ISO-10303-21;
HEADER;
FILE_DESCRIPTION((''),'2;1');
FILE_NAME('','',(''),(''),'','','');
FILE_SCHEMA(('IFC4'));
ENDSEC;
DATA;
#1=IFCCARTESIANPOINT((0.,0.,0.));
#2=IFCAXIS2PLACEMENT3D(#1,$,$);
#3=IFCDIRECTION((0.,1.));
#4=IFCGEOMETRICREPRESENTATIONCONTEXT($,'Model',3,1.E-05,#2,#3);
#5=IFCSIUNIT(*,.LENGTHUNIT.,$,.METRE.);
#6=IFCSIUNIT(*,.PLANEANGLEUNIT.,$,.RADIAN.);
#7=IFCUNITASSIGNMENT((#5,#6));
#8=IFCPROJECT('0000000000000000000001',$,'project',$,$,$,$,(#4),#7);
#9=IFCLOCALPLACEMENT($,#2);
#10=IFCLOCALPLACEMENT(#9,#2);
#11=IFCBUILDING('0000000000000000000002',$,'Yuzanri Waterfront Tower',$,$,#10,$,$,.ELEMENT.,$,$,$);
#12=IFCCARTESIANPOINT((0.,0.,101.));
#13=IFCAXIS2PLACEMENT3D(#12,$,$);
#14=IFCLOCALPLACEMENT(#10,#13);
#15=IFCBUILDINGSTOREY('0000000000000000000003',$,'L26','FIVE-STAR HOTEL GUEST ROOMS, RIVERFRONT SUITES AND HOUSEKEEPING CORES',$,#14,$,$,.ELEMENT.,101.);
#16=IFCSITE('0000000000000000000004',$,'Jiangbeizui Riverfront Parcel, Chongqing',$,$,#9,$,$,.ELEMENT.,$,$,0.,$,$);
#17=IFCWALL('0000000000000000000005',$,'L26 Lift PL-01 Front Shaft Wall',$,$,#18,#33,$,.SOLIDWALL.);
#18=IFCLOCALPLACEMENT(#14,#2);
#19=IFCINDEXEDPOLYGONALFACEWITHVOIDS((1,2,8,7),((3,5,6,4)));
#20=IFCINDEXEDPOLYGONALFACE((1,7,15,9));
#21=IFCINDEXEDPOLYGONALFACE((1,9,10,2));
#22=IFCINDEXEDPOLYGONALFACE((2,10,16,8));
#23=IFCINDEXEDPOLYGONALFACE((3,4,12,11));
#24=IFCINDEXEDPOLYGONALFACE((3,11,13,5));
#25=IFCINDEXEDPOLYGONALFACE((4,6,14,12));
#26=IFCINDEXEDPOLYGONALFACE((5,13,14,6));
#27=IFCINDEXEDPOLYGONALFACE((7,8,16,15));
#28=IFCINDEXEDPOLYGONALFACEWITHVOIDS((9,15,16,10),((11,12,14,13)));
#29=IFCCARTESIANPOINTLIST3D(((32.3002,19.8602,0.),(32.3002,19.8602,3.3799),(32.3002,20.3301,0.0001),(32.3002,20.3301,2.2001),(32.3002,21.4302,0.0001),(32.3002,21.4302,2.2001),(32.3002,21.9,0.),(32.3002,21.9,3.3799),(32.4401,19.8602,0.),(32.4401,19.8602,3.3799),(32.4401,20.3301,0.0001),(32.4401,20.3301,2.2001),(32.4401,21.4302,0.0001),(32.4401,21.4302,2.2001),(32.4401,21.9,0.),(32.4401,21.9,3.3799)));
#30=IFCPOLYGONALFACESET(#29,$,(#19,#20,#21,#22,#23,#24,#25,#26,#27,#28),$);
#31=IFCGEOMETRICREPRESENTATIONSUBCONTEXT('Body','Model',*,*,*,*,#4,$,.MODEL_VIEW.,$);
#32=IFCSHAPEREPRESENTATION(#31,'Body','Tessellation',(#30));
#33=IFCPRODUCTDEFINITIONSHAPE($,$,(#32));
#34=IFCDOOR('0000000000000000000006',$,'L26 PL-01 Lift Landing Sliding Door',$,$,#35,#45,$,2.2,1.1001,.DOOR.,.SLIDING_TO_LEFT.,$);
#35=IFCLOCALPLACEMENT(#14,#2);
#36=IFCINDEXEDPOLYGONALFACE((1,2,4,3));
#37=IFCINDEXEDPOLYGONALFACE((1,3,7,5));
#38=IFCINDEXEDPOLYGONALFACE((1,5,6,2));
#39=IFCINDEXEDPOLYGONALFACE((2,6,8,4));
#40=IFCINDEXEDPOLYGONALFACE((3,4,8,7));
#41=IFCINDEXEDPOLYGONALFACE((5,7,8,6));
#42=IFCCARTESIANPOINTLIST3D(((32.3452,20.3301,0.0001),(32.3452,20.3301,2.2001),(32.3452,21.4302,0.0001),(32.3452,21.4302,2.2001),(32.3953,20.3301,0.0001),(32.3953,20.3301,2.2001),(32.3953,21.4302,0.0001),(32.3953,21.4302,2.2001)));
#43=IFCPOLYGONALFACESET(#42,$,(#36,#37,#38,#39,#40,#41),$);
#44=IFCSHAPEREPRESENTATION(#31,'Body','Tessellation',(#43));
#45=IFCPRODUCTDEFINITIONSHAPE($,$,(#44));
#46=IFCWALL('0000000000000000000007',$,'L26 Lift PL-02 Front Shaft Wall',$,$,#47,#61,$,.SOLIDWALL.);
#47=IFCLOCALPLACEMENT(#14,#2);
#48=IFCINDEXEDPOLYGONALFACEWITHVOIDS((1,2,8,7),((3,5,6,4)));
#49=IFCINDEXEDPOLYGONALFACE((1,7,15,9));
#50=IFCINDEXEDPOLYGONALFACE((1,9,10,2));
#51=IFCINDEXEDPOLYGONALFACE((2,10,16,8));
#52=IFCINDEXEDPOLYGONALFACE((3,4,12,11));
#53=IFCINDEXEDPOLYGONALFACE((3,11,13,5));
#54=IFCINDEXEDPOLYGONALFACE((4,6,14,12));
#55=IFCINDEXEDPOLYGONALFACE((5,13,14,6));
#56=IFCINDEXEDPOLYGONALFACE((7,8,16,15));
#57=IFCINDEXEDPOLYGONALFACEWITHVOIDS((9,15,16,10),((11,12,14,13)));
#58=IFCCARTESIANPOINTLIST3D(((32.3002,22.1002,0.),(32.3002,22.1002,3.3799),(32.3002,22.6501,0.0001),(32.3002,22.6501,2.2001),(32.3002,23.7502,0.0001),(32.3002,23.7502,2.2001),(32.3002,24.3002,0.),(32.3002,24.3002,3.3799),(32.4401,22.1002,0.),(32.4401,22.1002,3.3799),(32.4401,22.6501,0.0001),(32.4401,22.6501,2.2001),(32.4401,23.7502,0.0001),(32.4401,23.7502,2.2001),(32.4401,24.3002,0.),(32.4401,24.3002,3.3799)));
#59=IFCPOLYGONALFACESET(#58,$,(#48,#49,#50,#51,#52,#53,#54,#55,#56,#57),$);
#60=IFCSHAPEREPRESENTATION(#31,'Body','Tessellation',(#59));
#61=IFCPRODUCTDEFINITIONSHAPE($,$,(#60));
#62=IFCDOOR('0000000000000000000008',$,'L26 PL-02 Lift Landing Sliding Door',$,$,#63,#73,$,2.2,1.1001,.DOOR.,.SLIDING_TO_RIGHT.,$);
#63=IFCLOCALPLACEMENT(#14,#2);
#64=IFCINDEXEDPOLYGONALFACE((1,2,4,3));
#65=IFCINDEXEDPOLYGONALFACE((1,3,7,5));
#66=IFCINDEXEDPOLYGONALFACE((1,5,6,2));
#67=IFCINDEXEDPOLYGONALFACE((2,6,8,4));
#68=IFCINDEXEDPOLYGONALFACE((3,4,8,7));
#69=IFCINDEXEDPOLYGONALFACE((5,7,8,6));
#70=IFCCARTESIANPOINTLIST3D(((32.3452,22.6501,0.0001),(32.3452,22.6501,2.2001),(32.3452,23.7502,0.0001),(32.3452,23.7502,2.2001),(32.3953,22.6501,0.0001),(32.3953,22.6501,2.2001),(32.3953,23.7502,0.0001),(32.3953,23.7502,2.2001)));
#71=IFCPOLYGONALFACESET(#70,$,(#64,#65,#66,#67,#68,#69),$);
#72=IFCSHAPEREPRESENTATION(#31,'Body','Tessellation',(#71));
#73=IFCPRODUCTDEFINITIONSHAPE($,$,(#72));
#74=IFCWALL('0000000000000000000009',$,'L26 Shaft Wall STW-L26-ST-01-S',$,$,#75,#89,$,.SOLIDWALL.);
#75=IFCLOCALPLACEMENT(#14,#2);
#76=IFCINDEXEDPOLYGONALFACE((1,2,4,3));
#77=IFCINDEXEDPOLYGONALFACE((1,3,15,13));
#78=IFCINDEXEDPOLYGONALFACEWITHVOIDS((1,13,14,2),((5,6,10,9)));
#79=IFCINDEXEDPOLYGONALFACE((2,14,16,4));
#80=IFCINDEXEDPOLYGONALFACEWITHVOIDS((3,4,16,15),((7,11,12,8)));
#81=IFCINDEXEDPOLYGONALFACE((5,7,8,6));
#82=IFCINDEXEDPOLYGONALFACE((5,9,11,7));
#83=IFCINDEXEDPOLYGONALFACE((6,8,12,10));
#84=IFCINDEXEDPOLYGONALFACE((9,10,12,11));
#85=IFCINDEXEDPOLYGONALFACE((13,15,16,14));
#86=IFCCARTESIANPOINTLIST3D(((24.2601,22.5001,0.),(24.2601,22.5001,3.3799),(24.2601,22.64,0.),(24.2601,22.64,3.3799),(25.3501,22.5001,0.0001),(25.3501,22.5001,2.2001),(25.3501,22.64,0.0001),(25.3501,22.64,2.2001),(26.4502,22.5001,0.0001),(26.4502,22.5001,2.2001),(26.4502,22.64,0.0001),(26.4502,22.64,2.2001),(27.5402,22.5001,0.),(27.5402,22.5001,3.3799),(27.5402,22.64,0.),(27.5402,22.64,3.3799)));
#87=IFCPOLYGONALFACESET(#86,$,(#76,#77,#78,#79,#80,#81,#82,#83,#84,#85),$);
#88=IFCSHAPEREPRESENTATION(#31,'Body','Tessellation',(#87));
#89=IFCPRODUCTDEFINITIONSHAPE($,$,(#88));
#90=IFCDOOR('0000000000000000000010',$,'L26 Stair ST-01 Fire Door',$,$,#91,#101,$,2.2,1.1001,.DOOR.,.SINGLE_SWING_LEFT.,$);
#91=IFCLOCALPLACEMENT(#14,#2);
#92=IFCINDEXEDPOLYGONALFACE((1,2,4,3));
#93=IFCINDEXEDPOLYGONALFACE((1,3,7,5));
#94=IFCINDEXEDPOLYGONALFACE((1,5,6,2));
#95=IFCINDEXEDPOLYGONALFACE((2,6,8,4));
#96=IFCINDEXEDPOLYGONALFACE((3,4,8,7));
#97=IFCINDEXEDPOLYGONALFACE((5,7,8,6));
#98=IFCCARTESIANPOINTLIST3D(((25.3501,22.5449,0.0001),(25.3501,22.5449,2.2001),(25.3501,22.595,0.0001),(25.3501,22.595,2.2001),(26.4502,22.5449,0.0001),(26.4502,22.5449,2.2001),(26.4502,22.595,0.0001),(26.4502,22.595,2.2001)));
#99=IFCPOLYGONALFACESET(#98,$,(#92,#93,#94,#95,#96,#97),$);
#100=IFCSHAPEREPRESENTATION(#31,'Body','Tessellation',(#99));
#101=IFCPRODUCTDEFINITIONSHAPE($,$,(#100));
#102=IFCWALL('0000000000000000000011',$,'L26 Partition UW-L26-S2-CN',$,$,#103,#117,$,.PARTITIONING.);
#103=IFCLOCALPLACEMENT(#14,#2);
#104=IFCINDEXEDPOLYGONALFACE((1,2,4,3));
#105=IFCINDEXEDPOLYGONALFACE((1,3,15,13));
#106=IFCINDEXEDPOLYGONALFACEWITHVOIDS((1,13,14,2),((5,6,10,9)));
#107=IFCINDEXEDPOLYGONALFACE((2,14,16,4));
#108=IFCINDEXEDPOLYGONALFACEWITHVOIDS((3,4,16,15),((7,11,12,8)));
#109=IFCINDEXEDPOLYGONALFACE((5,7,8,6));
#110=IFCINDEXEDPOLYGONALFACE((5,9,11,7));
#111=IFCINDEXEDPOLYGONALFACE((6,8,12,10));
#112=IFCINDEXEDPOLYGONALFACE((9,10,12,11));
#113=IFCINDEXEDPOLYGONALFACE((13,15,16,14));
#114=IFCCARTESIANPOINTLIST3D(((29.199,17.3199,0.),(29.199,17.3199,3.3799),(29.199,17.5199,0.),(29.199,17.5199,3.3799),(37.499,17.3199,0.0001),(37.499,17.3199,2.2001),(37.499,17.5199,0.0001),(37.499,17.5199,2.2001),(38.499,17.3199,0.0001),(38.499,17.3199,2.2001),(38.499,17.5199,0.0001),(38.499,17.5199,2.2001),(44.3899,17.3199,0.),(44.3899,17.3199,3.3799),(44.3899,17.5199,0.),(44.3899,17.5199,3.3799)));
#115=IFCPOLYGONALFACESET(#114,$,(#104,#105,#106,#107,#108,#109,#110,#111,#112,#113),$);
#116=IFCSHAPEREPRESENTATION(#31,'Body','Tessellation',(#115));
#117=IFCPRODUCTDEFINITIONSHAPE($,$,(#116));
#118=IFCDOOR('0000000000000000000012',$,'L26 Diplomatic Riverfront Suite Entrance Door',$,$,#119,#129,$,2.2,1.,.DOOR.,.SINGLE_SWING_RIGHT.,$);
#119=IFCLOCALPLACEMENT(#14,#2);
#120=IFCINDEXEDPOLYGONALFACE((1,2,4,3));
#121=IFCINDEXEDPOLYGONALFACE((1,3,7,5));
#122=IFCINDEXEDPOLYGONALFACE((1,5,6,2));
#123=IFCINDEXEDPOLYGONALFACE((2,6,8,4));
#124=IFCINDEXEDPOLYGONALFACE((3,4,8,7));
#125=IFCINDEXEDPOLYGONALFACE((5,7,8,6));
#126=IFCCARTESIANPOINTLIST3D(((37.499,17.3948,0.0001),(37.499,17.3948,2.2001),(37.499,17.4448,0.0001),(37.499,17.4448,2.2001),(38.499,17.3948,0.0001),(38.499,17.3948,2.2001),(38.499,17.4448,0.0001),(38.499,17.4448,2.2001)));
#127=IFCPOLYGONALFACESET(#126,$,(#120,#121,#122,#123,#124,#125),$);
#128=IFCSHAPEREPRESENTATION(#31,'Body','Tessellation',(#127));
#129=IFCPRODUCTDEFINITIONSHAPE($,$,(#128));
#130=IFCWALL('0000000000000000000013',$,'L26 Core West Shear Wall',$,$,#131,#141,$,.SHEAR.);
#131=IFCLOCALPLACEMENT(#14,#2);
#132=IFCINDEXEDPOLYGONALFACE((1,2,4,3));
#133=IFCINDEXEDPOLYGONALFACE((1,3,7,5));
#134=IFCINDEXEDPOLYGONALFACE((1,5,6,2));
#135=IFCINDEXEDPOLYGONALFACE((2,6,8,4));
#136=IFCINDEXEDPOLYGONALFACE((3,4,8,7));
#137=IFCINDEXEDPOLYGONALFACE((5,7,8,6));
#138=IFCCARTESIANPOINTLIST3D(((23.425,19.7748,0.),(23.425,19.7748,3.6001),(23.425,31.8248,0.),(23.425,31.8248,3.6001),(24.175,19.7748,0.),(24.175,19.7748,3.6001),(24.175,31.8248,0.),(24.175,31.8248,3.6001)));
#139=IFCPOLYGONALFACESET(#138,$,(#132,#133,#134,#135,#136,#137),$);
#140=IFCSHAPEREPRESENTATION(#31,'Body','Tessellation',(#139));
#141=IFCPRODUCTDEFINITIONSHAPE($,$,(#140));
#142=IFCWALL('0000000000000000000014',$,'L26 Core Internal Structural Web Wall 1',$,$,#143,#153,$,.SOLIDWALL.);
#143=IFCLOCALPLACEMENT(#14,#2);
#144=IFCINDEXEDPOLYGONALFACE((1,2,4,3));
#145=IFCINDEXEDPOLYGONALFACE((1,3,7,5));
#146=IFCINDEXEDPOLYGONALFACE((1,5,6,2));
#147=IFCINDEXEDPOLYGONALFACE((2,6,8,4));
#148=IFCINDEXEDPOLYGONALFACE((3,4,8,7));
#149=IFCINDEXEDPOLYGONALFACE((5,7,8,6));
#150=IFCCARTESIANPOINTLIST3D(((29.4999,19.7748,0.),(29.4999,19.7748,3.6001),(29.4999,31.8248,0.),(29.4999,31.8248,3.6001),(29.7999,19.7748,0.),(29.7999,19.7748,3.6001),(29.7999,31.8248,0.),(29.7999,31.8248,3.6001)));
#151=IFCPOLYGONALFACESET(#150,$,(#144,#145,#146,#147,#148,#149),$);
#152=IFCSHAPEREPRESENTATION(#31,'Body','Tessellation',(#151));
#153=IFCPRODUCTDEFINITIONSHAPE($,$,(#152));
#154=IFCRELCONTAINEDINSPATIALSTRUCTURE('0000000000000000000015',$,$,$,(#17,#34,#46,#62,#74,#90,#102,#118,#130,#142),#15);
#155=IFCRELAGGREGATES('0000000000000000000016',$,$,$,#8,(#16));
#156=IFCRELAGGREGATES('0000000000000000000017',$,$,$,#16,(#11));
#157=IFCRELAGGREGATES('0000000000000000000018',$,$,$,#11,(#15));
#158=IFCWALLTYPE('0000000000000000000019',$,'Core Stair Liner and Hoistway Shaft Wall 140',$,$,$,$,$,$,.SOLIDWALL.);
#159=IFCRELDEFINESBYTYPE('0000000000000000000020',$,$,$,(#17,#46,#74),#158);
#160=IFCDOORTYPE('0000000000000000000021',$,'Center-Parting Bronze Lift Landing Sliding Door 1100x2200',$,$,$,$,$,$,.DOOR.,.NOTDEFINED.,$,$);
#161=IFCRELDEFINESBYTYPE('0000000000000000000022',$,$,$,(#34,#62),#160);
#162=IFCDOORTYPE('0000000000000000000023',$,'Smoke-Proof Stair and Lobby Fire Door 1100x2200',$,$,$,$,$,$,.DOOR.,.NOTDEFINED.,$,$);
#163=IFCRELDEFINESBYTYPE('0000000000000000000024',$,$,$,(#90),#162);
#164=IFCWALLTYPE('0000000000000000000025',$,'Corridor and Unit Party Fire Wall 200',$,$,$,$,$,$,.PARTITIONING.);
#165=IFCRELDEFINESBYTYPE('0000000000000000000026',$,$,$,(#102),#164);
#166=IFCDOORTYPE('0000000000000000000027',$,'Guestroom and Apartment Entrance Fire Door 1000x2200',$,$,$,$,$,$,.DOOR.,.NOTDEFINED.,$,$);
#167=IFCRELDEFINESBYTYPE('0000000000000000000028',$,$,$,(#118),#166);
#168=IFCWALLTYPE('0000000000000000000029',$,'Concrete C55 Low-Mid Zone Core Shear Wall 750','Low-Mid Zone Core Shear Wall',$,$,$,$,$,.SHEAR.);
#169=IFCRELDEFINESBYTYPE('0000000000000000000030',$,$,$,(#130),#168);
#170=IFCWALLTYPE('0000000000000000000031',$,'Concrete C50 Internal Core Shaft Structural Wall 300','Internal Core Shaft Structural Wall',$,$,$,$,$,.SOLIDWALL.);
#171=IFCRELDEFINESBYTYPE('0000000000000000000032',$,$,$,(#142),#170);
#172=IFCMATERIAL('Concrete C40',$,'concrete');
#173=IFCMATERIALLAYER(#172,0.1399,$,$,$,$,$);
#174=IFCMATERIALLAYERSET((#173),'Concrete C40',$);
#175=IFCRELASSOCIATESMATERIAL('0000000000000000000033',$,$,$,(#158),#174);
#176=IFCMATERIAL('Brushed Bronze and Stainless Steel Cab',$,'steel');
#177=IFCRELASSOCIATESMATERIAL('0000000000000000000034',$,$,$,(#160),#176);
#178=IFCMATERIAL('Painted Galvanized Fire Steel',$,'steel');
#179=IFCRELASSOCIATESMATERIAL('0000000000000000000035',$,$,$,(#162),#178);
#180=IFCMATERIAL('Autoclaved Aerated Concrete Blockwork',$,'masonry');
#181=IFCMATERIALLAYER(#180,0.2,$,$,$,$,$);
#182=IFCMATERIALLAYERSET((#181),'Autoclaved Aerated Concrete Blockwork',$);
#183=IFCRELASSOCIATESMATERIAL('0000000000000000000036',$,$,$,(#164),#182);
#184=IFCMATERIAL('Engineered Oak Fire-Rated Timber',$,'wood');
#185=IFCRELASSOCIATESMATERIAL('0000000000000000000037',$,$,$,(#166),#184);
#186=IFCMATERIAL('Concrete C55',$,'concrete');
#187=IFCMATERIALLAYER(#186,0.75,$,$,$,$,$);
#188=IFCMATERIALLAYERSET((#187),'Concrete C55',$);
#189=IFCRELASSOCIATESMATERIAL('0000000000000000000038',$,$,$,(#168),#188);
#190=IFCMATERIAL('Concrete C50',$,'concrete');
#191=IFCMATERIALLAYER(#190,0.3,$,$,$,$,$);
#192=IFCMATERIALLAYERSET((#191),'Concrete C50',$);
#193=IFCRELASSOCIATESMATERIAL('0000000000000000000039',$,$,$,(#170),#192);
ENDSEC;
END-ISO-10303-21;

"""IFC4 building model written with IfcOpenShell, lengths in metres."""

from ifc_helpers import new_model, si_unit, direction, frame, frame_2d, origin, place, context, subcontext, project, spatial, rectangle, extrude, source, transform, mapped, material, layer, layer_set, type_object, element, fill, save


model = new_model("IFC4")

# Units and contexts
model_context = context("Model", 3, precision=1e-05, world=origin(), true_north=direction((0.0, 1.0)))
body_context = subcontext(model_context, "Body", "Model", "MODEL_VIEW")
ifc_project = project(units=[si_unit("LENGTHUNIT", "METRE"), si_unit("PLANEANGLEUNIT", "RADIAN")], contexts=[model_context])

# Site, building, storey
site_placement = place(None, origin())
site = spatial("IfcSite", under=ifc_project, at=site_placement, Name="Jiangbeizui Riverfront Parcel, Chongqing", CompositionType="ELEMENT", RefElevation=0.0)
building_placement = place(site_placement, origin())
building = spatial("IfcBuilding", under=site, at=building_placement, Name="Yuzanri Waterfront Tower", CompositionType="ELEMENT")
storey_placement = place(building_placement, frame((0.0, 0.0, 101.0)))
storey = spatial("IfcBuildingStorey", under=building, at=storey_placement, Name="L26", Description="FIVE-STAR HOTEL GUEST ROOMS, RIVERFRONT SUITES AND HOUSEKEEPING CORES", CompositionType="ELEMENT", Elevation=101.0)

# Walls, openings, doors
ifc_material_1 = material(Name="Concrete C40", Category="concrete")
ifc_layer_1 = layer(ifc_material_1, 0.1399)
ifc_layer_set_1 = layer_set([ifc_layer_1], Name="Concrete C40")
wall_type_1 = type_object("IfcWallType", Name="Core Stair Liner and Hoistway Shaft Wall 140", PredefinedType="SOLIDWALL", material=ifc_layer_set_1)
wall_1_placement = place(storey_placement, frame((32.3701, 19.8601, 0.0), z_axis=(0.0, 0.0, 1.0), x_axis=(0.0, 1.0, 0.0)))
wall_1 = element("IfcWall", 1, at=wall_1_placement, inside=storey, type_object=wall_type_1, Name="L26 Lift PL-01 Front Shaft Wall", PredefinedType="SOLIDWALL", context=body_context, shape_type="SweptSolid", body=[
    extrude(rectangle(XDim=2.0398, YDim=0.1399, at=frame_2d((1.02, 0.0))), origin(), (0.0, 0.0, 1.0), 3.3799),
])
opening_1_placement = place(wall_1_placement, frame((0.47, 0.0, 0.0)))
opening_1 = element("IfcOpeningElement", 2, at=opening_1_placement, cuts=wall_1, PredefinedType="OPENING", context=body_context, shape_type="SweptSolid", body=[
    extrude(rectangle(XDim=1.1001, YDim=2.2, at=frame_2d((0.55, 1.1001))), frame((0.0, 0.085, 0.0), z_axis=(0.0, -1.0, 0.0), x_axis=(1.0, 0.0, 0.0)), (0.0, 0.0, 1.0), 0.1697),
])
ifc_material_2 = material(Name="Brushed Bronze and Stainless Steel Cab", Category="steel")
door_type_1 = type_object("IfcDoorType", Name="Center-Parting Bronze Lift Landing Sliding Door 1100x2200", OperationType="NOTDEFINED", PredefinedType="DOOR", material=ifc_material_2)
shared_shape_1 = source(origin(), body_context, "Body", "SweptSolid", [
    extrude(rectangle(XDim=1.1001, YDim=2.2, at=frame_2d((0.55, 1.1001))), frame((0.0, 0.0249, 0.0), z_axis=(0.0, -1.0, 0.0), x_axis=(1.0, 0.0, 0.0)), (0.0, 0.0, 1.0), 0.05),
])
door_1_placement = place(opening_1_placement, origin())
door_1 = element("IfcDoor", 3, at=door_1_placement, inside=storey, type_object=door_type_1, Name="L26 PL-01 Lift Landing Sliding Door", OperationType="SLIDING_TO_LEFT", OverallHeight=2.2, OverallWidth=1.1001, PredefinedType="DOOR", context=body_context, shape_type="MappedRepresentation", body=[
    mapped(shared_shape_1, transform((0.0, 0.0, 0.0), scale=1.0)),
])
fill(opening_1, door_1)
wall_2_placement = place(storey_placement, frame((32.3701, 22.1001, 0.0), z_axis=(0.0, 0.0, 1.0), x_axis=(0.0, 1.0, 0.0)))
wall_2 = element("IfcWall", 4, at=wall_2_placement, inside=storey, type_object=wall_type_1, Name="L26 Lift PL-02 Front Shaft Wall", PredefinedType="SOLIDWALL", context=body_context, shape_type="SweptSolid", body=[
    extrude(rectangle(XDim=2.2, YDim=0.1399, at=frame_2d((1.1001, 0.0))), origin(), (0.0, 0.0, 1.0), 3.3799),
])
opening_2_placement = place(wall_2_placement, frame((0.55, 0.0, 0.0)))
opening_2 = element("IfcOpeningElement", 5, at=opening_2_placement, cuts=wall_2, PredefinedType="OPENING", context=body_context, shape_type="SweptSolid", body=[
    extrude(rectangle(XDim=1.1001, YDim=2.2, at=frame_2d((0.55, 1.1001))), frame((0.0, 0.085, 0.0), z_axis=(0.0, -1.0, 0.0), x_axis=(1.0, 0.0, 0.0)), (0.0, 0.0, 1.0), 0.1697),
])
door_2_placement = place(opening_2_placement, origin())
door_2 = element("IfcDoor", 6, at=door_2_placement, inside=storey, type_object=door_type_1, Name="L26 PL-02 Lift Landing Sliding Door", OperationType="SLIDING_TO_RIGHT", OverallHeight=2.2, OverallWidth=1.1001, PredefinedType="DOOR", context=body_context, shape_type="MappedRepresentation", body=[
    mapped(shared_shape_1, transform((0.0, 0.0, 0.0), scale=1.0)),
])
fill(opening_2, door_2)
wall_3_placement = place(storey_placement, frame((24.26, 22.5701, 0.0), z_axis=(0.0, 0.0, 1.0), x_axis=(1.0, 0.0, 0.0)))
wall_3 = element("IfcWall", 7, at=wall_3_placement, inside=storey, type_object=wall_type_1, Name="L26 Shaft Wall STW-L26-ST-01-S", PredefinedType="SOLIDWALL", context=body_context, shape_type="SweptSolid", body=[
    extrude(rectangle(XDim=3.28, YDim=0.1399, at=frame_2d((1.6401, 0.0))), origin(), (0.0, 0.0, 1.0), 3.3799),
])
opening_3_placement = place(wall_3_placement, frame((1.0901, 0.0, 0.0)))
opening_3 = element("IfcOpeningElement", 8, at=opening_3_placement, cuts=wall_3, PredefinedType="OPENING", context=body_context, shape_type="SweptSolid", body=[
    extrude(rectangle(XDim=1.1001, YDim=2.2, at=frame_2d((0.55, 1.1001))), frame((0.0, 0.085, 0.0), z_axis=(0.0, -1.0, 0.0), x_axis=(1.0, 0.0, 0.0)), (0.0, 0.0, 1.0), 0.1697),
])
ifc_material_3 = material(Name="Painted Galvanized Fire Steel", Category="steel")
door_type_2 = type_object("IfcDoorType", Name="Smoke-Proof Stair and Lobby Fire Door 1100x2200", OperationType="NOTDEFINED", PredefinedType="DOOR", material=ifc_material_3)
shared_shape_2 = source(origin(), body_context, "Body", "SweptSolid", [
    extrude(rectangle(XDim=1.1001, YDim=2.2, at=frame_2d((0.55, 1.1001))), frame((0.0, 0.0249, 0.0), z_axis=(0.0, -1.0, 0.0), x_axis=(1.0, 0.0, 0.0)), (0.0, 0.0, 1.0), 0.05),
])
door_3_placement = place(opening_3_placement, origin())
door_3 = element("IfcDoor", 9, at=door_3_placement, inside=storey, type_object=door_type_2, Name="L26 Stair ST-01 Fire Door", OperationType="SINGLE_SWING_LEFT", OverallHeight=2.2, OverallWidth=1.1001, PredefinedType="DOOR", context=body_context, shape_type="MappedRepresentation", body=[
    mapped(shared_shape_2, transform((0.0, 0.0, 0.0), scale=1.0)),
])
fill(opening_3, door_3)
ifc_material_4 = material(Name="Autoclaved Aerated Concrete Blockwork", Category="masonry")
ifc_layer_2 = layer(ifc_material_4, 0.2)
ifc_layer_set_2 = layer_set([ifc_layer_2], Name="Autoclaved Aerated Concrete Blockwork")
wall_type_2 = type_object("IfcWallType", Name="Corridor and Unit Party Fire Wall 200", PredefinedType="PARTITIONING", material=ifc_layer_set_2)
wall_4_placement = place(storey_placement, frame((29.199, 17.4199, 0.0), z_axis=(0.0, 0.0, 1.0), x_axis=(1.0, 0.0, 0.0)))
wall_4 = element("IfcWall", 10, at=wall_4_placement, inside=storey, type_object=wall_type_2, Name="L26 Partition UW-L26-S2-CN", PredefinedType="PARTITIONING", context=body_context, shape_type="SweptSolid", body=[
    extrude(rectangle(XDim=15.1909, YDim=0.2, at=frame_2d((7.5955, 0.0))), origin(), (0.0, 0.0, 1.0), 3.3799),
])
opening_4_placement = place(wall_4_placement, frame((8.3, 0.0, 0.0)))
opening_4 = element("IfcOpeningElement", 11, at=opening_4_placement, cuts=wall_4, PredefinedType="OPENING", context=body_context, shape_type="SweptSolid", body=[
    extrude(rectangle(XDim=1.0, YDim=2.2, at=frame_2d((0.5, 1.1001))), frame((0.0, 0.1147, 0.0), z_axis=(0.0, -1.0, 0.0), x_axis=(1.0, 0.0, 0.0)), (0.0, 0.0, 1.0), 0.2297),
])
ifc_material_5 = material(Name="Engineered Oak Fire-Rated Timber", Category="wood")
door_type_3 = type_object("IfcDoorType", Name="Guestroom and Apartment Entrance Fire Door 1000x2200", OperationType="NOTDEFINED", PredefinedType="DOOR", material=ifc_material_5)
shared_shape_3 = source(origin(), body_context, "Body", "SweptSolid", [
    extrude(rectangle(XDim=1.0, YDim=2.2, at=frame_2d((0.5, 1.1001))), frame((0.0, 0.0249, 0.0), z_axis=(0.0, -1.0, 0.0), x_axis=(1.0, 0.0, 0.0)), (0.0, 0.0, 1.0), 0.05),
])
door_4_placement = place(opening_4_placement, origin())
door_4 = element("IfcDoor", 12, at=door_4_placement, inside=storey, type_object=door_type_3, Name="L26 Diplomatic Riverfront Suite Entrance Door", OperationType="SINGLE_SWING_RIGHT", OverallHeight=2.2, OverallWidth=1.0, PredefinedType="DOOR", context=body_context, shape_type="MappedRepresentation", body=[
    mapped(shared_shape_3, transform((0.0, 0.0, 0.0), scale=1.0)),
])
fill(opening_4, door_4)

# Walls
ifc_material_6 = material(Name="Concrete C55", Category="concrete")
ifc_layer_3 = layer(ifc_material_6, 0.75)
ifc_layer_set_3 = layer_set([ifc_layer_3], Name="Concrete C55")
wall_type_3 = type_object("IfcWallType", Name="Concrete C55 Low-Mid Zone Core Shear Wall 750", Description="Low-Mid Zone Core Shear Wall", PredefinedType="SHEAR", material=ifc_layer_set_3)
shared_shape_4 = source(origin(), body_context, "Body", "SweptSolid", [
    extrude(rectangle(XDim=12.05, YDim=0.75, at=frame_2d((6.0249, 0.0))), origin(), (0.0, 0.0, 1.0), 3.6001),
])
wall_5_placement = place(storey_placement, frame((23.8, 19.7749, 0.0), z_axis=(0.0, 0.0, 1.0), x_axis=(0.0, 1.0, 0.0)))
element("IfcWall", 13, at=wall_5_placement, inside=storey, type_object=wall_type_3, Name="L26 Core West Shear Wall", PredefinedType="SHEAR", context=body_context, shape_type="MappedRepresentation", body=[
    mapped(shared_shape_4, transform((0.0, 0.0, 0.0), scale=1.0)),
])
ifc_material_7 = material(Name="Concrete C50", Category="concrete")
ifc_layer_4 = layer(ifc_material_7, 0.3)
ifc_layer_set_4 = layer_set([ifc_layer_4], Name="Concrete C50")
wall_type_4 = type_object("IfcWallType", Name="Concrete C50 Internal Core Shaft Structural Wall 300", Description="Internal Core Shaft Structural Wall", PredefinedType="SOLIDWALL", material=ifc_layer_set_4)
shared_shape_5 = source(origin(), body_context, "Body", "SweptSolid", [
    extrude(rectangle(XDim=12.05, YDim=0.3, at=frame_2d((6.0249, 0.0))), origin(), (0.0, 0.0, 1.0), 3.6001),
])
wall_6_placement = place(storey_placement, frame((29.6499, 19.7749, 0.0), z_axis=(0.0, 0.0, 1.0), x_axis=(0.0, 1.0, 0.0)))
element("IfcWall", 14, at=wall_6_placement, inside=storey, type_object=wall_type_4, Name="L26 Core Internal Structural Web Wall 1", PredefinedType="SOLIDWALL", context=body_context, shape_type="MappedRepresentation", body=[
    mapped(shared_shape_5, transform((0.0, 0.0, 0.0), scale=1.0)),
])

save(model, "model.ifc")
